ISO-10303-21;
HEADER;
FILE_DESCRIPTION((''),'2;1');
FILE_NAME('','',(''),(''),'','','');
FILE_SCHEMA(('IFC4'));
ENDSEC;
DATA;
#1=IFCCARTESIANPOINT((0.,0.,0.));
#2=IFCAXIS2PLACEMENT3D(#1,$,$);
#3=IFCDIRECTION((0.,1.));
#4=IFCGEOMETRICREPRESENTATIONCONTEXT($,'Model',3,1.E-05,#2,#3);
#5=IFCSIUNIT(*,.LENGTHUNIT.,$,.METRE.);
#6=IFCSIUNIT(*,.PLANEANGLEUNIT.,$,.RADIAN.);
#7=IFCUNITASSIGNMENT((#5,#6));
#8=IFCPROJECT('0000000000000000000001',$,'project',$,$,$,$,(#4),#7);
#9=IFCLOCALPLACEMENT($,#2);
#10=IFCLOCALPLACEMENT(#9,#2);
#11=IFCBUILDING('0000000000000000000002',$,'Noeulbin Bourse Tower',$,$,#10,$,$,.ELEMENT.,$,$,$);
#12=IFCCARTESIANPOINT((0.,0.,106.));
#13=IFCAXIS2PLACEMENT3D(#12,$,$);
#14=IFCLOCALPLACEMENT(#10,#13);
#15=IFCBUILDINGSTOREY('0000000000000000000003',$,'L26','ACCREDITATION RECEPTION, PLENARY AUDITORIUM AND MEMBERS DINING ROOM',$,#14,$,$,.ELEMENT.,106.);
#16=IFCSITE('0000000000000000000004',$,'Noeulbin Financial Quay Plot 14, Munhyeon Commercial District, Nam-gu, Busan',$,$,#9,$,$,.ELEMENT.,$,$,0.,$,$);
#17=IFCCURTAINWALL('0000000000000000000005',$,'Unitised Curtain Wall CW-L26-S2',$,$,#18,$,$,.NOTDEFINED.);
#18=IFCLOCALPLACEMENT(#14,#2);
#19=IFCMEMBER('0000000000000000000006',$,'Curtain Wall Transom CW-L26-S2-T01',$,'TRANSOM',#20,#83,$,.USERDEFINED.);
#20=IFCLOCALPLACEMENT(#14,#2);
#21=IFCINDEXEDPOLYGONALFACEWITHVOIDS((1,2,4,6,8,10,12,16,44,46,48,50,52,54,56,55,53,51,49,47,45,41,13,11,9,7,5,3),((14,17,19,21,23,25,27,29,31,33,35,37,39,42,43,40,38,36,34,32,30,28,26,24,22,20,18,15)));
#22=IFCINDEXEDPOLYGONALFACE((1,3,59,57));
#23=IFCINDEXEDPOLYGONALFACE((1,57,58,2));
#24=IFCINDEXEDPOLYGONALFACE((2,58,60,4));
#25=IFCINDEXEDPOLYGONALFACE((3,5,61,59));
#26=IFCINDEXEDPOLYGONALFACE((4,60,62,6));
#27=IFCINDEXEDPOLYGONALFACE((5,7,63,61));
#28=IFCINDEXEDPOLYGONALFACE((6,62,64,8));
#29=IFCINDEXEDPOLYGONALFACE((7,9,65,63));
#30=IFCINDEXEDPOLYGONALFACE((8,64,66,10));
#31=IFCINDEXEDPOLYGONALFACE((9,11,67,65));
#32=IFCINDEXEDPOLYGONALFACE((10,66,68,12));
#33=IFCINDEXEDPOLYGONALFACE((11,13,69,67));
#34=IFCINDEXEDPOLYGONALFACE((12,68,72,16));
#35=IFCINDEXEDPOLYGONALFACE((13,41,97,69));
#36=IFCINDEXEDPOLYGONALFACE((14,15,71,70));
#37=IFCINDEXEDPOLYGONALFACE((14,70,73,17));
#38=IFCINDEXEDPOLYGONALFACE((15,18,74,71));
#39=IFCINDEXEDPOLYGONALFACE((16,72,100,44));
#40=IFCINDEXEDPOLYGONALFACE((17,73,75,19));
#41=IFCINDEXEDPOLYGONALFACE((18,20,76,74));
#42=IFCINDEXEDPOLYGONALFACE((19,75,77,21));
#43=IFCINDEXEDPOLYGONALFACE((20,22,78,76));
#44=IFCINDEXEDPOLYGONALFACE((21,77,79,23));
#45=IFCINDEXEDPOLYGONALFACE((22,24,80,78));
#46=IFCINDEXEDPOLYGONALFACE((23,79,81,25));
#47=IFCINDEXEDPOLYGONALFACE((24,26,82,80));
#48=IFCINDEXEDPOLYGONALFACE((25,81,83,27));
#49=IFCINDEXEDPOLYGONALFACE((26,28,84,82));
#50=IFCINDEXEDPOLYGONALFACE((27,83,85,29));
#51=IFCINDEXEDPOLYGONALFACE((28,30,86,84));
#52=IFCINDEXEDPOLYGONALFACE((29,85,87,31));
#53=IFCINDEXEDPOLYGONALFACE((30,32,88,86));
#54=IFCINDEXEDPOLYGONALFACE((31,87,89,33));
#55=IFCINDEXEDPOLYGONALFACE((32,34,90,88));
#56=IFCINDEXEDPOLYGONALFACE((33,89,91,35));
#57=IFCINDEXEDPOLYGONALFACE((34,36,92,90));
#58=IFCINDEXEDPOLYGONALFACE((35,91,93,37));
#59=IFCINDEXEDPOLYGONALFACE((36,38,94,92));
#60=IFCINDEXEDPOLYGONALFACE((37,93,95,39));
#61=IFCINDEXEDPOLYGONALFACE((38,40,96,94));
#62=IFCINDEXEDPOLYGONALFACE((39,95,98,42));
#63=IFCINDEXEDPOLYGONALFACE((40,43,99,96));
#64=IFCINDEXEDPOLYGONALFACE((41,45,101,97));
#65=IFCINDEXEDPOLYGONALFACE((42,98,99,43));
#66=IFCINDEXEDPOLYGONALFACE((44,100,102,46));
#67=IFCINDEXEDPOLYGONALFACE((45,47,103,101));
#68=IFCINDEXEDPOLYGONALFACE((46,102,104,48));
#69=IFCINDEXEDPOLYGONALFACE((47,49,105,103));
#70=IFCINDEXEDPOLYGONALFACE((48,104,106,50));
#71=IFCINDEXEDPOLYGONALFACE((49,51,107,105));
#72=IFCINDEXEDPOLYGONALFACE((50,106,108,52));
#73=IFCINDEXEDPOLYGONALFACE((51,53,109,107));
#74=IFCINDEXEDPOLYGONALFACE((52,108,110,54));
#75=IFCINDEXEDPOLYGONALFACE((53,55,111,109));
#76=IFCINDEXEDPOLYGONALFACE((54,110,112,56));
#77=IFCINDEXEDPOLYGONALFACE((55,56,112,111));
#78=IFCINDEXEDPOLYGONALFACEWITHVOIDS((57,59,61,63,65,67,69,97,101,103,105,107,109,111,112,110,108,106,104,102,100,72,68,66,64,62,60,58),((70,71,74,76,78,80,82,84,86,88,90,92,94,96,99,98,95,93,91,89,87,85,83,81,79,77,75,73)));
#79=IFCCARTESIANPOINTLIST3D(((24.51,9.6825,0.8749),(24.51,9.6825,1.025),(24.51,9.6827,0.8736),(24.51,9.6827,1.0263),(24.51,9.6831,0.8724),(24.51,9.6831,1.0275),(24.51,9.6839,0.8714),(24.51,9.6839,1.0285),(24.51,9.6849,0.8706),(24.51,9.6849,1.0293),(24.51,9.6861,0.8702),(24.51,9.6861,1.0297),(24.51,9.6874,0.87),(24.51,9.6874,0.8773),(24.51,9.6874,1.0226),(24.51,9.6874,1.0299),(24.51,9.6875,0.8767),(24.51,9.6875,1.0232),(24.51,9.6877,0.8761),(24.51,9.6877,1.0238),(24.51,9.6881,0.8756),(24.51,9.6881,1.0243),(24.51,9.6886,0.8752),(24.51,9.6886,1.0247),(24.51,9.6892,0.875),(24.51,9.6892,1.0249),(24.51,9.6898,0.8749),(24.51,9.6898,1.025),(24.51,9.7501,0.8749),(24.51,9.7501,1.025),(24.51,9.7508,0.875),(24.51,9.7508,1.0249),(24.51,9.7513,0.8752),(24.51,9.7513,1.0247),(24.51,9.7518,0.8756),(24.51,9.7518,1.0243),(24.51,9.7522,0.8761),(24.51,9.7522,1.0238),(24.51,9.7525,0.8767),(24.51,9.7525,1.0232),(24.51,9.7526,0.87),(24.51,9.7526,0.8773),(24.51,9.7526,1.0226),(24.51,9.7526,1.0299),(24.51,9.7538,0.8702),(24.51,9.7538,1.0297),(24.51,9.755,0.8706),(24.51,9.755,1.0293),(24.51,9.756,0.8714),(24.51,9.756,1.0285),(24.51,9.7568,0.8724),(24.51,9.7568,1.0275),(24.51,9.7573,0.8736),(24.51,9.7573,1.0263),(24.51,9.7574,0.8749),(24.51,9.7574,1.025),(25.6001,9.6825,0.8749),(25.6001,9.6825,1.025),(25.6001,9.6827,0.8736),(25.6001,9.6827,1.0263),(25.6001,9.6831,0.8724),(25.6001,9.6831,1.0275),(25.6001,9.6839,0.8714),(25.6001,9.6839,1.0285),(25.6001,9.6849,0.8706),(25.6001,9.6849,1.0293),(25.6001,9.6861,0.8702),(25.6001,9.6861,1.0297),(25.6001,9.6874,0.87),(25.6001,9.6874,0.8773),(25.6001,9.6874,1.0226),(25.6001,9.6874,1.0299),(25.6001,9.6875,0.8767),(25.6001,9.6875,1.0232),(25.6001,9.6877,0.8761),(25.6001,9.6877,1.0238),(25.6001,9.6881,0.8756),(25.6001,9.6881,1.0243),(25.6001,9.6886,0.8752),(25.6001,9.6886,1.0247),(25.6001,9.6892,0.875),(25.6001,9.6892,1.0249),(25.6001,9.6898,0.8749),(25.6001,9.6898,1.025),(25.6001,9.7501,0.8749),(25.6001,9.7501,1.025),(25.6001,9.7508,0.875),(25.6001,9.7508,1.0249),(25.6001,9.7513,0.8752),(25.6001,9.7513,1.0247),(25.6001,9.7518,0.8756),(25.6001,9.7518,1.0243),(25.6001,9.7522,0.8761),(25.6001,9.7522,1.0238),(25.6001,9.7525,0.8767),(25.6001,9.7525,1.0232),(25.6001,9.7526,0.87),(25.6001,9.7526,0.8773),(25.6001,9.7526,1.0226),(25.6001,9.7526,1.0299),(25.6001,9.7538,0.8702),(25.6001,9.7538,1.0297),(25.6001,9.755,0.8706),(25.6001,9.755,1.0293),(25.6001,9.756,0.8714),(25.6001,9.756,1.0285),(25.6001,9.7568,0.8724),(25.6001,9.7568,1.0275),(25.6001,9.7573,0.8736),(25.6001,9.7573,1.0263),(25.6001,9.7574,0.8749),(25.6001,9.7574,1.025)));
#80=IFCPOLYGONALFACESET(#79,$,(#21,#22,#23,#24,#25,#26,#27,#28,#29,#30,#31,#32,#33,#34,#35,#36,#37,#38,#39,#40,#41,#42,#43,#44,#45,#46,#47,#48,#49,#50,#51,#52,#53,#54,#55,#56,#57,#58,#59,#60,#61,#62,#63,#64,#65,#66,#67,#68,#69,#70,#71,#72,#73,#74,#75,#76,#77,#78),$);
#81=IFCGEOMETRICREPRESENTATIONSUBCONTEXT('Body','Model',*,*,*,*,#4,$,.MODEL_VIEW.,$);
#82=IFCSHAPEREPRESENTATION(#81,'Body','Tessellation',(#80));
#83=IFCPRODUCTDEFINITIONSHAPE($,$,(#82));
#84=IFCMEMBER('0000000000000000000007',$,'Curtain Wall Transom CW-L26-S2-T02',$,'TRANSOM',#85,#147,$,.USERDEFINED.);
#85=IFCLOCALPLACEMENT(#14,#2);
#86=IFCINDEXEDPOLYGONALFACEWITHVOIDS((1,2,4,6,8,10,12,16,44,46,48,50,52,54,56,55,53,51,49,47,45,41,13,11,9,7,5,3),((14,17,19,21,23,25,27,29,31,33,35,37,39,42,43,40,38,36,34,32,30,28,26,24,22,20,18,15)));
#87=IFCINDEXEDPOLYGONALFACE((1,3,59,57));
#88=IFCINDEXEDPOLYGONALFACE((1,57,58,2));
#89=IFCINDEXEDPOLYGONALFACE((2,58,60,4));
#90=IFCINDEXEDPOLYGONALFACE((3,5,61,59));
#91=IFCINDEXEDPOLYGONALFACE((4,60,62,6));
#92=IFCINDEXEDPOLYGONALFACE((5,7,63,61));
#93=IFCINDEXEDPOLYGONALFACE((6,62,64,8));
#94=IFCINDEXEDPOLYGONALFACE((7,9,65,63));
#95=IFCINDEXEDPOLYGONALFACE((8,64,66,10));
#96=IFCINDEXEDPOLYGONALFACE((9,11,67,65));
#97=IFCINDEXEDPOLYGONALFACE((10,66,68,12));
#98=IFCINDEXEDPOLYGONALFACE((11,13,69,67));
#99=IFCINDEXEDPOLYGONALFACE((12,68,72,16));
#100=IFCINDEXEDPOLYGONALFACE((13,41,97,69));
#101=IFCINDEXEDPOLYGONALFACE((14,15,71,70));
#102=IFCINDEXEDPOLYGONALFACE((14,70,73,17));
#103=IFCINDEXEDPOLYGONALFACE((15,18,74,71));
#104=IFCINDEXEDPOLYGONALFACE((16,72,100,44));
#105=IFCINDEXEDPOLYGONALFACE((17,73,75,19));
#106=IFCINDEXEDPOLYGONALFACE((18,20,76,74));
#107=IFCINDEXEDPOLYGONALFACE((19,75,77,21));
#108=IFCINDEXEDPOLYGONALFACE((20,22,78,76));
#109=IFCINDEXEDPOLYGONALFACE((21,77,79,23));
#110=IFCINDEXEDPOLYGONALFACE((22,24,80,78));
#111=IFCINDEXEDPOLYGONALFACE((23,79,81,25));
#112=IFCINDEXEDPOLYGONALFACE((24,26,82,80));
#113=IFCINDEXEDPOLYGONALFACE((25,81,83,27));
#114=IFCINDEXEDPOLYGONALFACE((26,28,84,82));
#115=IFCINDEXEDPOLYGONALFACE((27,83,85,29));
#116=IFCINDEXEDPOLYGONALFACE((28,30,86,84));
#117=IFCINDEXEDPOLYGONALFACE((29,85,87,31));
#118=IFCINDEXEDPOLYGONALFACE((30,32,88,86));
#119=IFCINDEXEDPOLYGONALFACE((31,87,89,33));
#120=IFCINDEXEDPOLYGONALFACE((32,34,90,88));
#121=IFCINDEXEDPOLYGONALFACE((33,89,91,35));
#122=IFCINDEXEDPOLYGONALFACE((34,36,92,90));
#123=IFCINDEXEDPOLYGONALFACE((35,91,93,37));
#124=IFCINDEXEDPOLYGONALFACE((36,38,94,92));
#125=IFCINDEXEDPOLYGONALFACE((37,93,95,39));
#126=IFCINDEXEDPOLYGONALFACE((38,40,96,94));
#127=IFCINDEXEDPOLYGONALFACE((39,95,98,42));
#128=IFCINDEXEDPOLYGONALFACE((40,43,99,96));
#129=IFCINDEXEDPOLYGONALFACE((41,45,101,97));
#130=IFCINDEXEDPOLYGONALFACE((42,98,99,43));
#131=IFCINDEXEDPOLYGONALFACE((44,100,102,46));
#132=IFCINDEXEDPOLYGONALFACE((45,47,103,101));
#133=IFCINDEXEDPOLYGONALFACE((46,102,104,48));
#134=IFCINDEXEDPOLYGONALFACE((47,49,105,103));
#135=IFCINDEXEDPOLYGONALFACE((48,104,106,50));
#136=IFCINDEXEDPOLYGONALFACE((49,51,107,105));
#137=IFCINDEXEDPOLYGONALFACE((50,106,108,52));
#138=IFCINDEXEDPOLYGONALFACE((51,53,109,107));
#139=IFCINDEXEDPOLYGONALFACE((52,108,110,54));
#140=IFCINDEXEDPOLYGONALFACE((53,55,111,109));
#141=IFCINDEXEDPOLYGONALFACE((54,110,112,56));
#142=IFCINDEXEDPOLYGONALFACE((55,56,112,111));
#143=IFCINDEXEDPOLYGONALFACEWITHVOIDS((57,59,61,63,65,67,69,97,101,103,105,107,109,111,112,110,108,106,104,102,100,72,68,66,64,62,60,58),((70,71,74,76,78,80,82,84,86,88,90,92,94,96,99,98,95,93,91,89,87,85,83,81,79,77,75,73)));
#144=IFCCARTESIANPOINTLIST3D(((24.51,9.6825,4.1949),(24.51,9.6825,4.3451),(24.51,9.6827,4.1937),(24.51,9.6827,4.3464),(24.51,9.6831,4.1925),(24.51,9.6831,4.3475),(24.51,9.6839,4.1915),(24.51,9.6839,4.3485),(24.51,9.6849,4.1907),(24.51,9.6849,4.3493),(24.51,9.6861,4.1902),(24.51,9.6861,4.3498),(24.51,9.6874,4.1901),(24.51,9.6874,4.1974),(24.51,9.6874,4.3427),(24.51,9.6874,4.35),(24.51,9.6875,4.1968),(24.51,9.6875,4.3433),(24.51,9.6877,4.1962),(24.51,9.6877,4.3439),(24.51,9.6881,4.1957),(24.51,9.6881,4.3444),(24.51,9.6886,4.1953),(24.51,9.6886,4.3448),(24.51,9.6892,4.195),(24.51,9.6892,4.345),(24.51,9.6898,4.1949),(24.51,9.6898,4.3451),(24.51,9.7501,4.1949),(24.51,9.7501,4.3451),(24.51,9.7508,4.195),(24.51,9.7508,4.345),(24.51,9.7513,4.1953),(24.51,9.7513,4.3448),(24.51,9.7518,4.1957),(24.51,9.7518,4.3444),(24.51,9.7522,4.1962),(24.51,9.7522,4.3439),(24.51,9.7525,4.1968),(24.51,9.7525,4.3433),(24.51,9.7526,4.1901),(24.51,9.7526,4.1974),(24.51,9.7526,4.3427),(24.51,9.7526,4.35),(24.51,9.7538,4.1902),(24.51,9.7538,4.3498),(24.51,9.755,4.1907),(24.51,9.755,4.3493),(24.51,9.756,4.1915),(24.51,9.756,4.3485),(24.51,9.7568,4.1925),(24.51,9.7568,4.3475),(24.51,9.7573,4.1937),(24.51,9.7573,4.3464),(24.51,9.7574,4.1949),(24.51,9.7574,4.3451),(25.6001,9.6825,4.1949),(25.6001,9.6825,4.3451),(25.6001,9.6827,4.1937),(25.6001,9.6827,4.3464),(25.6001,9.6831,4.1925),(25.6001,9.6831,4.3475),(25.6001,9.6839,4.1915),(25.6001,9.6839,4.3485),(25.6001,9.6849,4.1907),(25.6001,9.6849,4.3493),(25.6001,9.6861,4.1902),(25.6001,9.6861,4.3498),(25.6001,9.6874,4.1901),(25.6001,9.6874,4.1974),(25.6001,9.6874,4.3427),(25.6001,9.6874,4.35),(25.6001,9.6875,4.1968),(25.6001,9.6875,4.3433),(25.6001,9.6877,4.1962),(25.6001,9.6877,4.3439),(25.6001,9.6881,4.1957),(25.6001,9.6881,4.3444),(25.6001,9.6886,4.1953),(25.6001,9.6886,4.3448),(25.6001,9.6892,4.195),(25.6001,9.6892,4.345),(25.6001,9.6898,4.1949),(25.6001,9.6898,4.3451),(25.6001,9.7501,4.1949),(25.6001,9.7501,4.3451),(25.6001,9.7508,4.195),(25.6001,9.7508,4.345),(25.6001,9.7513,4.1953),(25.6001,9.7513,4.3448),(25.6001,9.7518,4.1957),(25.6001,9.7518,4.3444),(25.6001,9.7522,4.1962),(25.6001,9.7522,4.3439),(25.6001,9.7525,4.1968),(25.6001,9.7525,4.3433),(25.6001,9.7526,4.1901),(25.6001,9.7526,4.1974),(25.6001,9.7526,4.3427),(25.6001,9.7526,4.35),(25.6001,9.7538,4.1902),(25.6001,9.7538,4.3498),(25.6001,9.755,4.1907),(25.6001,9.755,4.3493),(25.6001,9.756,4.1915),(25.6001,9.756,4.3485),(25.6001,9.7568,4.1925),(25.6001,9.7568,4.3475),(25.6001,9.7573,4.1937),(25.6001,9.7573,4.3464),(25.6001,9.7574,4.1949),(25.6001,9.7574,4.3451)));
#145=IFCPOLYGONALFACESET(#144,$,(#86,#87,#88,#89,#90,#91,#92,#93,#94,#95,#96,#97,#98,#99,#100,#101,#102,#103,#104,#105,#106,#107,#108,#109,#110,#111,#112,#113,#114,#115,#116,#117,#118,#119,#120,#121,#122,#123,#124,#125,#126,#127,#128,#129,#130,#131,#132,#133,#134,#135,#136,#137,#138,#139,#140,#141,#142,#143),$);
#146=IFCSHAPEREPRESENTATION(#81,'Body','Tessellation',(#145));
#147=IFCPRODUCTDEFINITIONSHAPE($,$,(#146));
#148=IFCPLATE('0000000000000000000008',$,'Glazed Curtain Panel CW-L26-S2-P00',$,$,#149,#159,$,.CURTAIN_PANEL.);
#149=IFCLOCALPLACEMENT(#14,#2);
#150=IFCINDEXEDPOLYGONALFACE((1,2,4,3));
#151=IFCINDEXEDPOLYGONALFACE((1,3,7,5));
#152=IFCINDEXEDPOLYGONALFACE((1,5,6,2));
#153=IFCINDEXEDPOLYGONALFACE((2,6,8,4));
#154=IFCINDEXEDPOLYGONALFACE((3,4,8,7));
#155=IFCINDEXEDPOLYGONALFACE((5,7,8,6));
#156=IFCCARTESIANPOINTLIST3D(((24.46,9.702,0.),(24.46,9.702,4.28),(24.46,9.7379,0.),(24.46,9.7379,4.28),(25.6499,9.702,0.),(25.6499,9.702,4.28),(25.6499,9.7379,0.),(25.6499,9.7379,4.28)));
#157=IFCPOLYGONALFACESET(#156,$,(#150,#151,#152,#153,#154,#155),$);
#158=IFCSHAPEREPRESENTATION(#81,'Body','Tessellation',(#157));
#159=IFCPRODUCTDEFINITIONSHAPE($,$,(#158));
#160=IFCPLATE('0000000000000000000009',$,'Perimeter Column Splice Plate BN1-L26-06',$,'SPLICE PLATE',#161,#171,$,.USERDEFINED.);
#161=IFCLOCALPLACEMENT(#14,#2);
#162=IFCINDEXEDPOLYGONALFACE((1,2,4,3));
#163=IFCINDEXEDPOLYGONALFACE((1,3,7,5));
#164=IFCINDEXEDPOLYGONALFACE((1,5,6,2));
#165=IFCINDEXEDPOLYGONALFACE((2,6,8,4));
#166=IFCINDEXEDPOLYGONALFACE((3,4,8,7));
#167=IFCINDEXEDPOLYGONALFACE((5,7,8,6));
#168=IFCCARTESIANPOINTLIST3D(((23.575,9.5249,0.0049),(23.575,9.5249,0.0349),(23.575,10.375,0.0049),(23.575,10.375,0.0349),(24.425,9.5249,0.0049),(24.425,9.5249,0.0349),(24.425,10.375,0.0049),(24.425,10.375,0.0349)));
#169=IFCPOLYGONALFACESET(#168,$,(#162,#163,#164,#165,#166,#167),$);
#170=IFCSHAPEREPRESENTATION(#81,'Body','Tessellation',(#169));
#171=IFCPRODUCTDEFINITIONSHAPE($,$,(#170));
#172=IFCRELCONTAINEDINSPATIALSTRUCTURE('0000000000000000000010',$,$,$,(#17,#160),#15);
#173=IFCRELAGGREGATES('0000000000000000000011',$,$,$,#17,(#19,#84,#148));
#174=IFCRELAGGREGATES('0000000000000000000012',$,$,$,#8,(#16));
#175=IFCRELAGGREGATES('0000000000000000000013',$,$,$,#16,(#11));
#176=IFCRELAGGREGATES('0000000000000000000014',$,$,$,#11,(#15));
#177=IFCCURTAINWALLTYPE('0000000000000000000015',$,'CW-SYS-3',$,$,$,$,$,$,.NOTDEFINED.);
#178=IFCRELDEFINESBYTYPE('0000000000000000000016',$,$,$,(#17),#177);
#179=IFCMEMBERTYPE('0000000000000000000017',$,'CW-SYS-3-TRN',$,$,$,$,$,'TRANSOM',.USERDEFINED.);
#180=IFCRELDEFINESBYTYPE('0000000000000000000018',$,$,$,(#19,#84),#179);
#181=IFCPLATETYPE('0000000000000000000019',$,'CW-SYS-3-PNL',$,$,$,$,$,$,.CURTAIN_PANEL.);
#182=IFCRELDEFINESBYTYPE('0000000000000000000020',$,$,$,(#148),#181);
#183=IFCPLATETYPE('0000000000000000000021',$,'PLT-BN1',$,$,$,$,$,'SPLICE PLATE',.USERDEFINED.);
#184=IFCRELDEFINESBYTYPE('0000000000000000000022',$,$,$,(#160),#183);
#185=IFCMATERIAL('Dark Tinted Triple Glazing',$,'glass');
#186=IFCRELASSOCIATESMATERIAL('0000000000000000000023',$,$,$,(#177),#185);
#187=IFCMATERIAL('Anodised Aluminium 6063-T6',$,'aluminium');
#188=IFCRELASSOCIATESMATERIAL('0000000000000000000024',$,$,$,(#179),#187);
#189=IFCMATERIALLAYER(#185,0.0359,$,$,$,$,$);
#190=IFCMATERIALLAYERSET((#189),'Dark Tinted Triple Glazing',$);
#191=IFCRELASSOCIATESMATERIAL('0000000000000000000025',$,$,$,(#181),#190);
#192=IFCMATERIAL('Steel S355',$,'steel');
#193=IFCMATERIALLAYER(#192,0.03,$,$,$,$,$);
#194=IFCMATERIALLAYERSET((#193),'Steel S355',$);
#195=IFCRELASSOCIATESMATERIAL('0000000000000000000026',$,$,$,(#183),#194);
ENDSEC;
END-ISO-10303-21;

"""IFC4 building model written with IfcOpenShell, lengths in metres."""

from ifc_helpers import new_model, si_unit, direction, frame, origin, origin_2d, place, context, subcontext, project, spatial, rectangle, hollow_rectangle, extrude, material, layer, layer_set, material_profile, profile_set, type_object, element, aggregate, save


model = new_model("IFC4")

# Units and contexts
model_context = context("Model", 3, precision=1e-05, world=origin(), true_north=direction((0.0, 1.0)))
body_context = subcontext(model_context, "Body", "Model", "MODEL_VIEW")
ifc_project = project(units=[si_unit("LENGTHUNIT", "METRE"), si_unit("PLANEANGLEUNIT", "RADIAN")], contexts=[model_context])

# Site, building, storey
site_placement = place(None, origin())
site = spatial("IfcSite", under=ifc_project, at=site_placement, Name="Noeulbin Financial Quay Plot 14, Munhyeon Commercial District, Nam-gu, Busan", CompositionType="ELEMENT", RefElevation=0.0)
building_placement = place(site_placement, origin())
building = spatial("IfcBuilding", under=site, at=building_placement, Name="Noeulbin Bourse Tower", CompositionType="ELEMENT")
storey_placement = place(building_placement, frame((0.0, 0.0, 106.0)))
storey = spatial("IfcBuildingStorey", under=building, at=storey_placement, Name="L26", Description="ACCREDITATION RECEPTION, PLENARY AUDITORIUM AND MEMBERS DINING ROOM", CompositionType="ELEMENT", Elevation=106.0)

# Shared definitions
ifc_material_1 = material(Name="Steel S355", Category="steel")

# Shared definitions
ifc_material_2 = material(Name="Dark Tinted Triple Glazing", Category="glass")
curtain_wall_type = type_object("IfcCurtainWallType", Name="CW-SYS-3", PredefinedType="NOTDEFINED", material=ifc_material_2)
ifc_material_3 = material(Name="Anodised Aluminium 6063-T6", Category="aluminium")

# Curtain wall, members, plate
curtain_wall_1_placement = place(storey_placement, origin())
curtain_wall_1 = element("IfcCurtainWall", 1, at=curtain_wall_1_placement, inside=storey, type_object=curtain_wall_type, Name="Unitised Curtain Wall CW-L26-S2", PredefinedType="NOTDEFINED")
ifc_material_profile_1 = material_profile(ifc_material_3, hollow_rectangle(XDim=0.075, YDim=0.1599, WallThickness=0.0049, InnerFilletRadius=0.0024, OuterFilletRadius=0.0049, at=origin_2d()), Name="ALU-TRAN-75x160x5", Category="LoadBearing")
ifc_profile_set_1 = profile_set([ifc_material_profile_1], Name="Anodised Aluminium 6063-T6")
member_type_1 = type_object("IfcMemberType", Name="CW-SYS-3-TRN", ElementType="TRANSOM", PredefinedType="USERDEFINED", material=ifc_profile_set_1)
member_1_placement = place(storey_placement, frame((24.51, 9.72, 0.95), z_axis=(1.0, 0.0, 0.0), x_axis=(0.0, 1.0, 0.0)))
member_1 = element("IfcMember", 2, at=member_1_placement, type_object=member_type_1, Name="Curtain Wall Transom CW-L26-S2-T01", ObjectType="TRANSOM", PredefinedType="USERDEFINED", context=body_context, shape_type="SweptSolid", body=[
    extrude(hollow_rectangle(XDim=0.075, YDim=0.1599, WallThickness=0.0049, InnerFilletRadius=0.0024, OuterFilletRadius=0.0049, at=origin_2d()), origin(), (0.0, 0.0, 1.0), 1.0901),
])
member_2_placement = place(storey_placement, frame((24.51, 9.72, 4.27), z_axis=(1.0, 0.0, 0.0), x_axis=(0.0, 1.0, 0.0)))
member_2 = element("IfcMember", 3, at=member_2_placement, type_object=member_type_1, Name="Curtain Wall Transom CW-L26-S2-T02", ObjectType="TRANSOM", PredefinedType="USERDEFINED", context=body_context, shape_type="SweptSolid", body=[
    extrude(hollow_rectangle(XDim=0.075, YDim=0.1599, WallThickness=0.0049, InnerFilletRadius=0.0024, OuterFilletRadius=0.0049, at=origin_2d()), origin(), (0.0, 0.0, 1.0), 1.0901),
])
ifc_layer_1 = layer(ifc_material_2, 0.0359)
ifc_layer_set_1 = layer_set([ifc_layer_1], Name="Dark Tinted Triple Glazing")
plate_type_1 = type_object("IfcPlateType", Name="CW-SYS-3-PNL", PredefinedType="CURTAIN_PANEL", material=ifc_layer_set_1)
plate_1_placement = place(storey_placement, frame((25.0549, 9.72, 0.0), z_axis=(0.0, 0.0, 1.0), x_axis=(1.0, 0.0, 0.0)))
plate_1 = element("IfcPlate", 4, at=plate_1_placement, type_object=plate_type_1, Name="Glazed Curtain Panel CW-L26-S2-P00", PredefinedType="CURTAIN_PANEL", context=body_context, shape_type="SweptSolid", body=[
    extrude(rectangle(XDim=1.1899, YDim=0.0359, at=origin_2d()), origin(), (0.0, 0.0, 1.0), 4.28),
])
aggregate(curtain_wall_1, [member_1, member_2, plate_1])

# Plate
ifc_layer_2 = layer(ifc_material_1, 0.03)
ifc_layer_set_2 = layer_set([ifc_layer_2], Name="Steel S355")
plate_type_2 = type_object("IfcPlateType", Name="PLT-BN1", ElementType="SPLICE PLATE", PredefinedType="USERDEFINED", material=ifc_layer_set_2)
plate_2_placement = place(storey_placement, frame((24.0, 9.95, 0.0049), z_axis=(0.0, 0.0, 1.0), x_axis=(1.0, 0.0, 0.0)))
element("IfcPlate", 5, at=plate_2_placement, inside=storey, type_object=plate_type_2, Name="Perimeter Column Splice Plate BN1-L26-06", ObjectType="SPLICE PLATE", PredefinedType="USERDEFINED", context=body_context, shape_type="SweptSolid", body=[
    extrude(rectangle(XDim=0.8501, YDim=0.8501, at=origin_2d()), origin(), (0.0, 0.0, 1.0), 0.03),
])

save(model, "model.ifc")
